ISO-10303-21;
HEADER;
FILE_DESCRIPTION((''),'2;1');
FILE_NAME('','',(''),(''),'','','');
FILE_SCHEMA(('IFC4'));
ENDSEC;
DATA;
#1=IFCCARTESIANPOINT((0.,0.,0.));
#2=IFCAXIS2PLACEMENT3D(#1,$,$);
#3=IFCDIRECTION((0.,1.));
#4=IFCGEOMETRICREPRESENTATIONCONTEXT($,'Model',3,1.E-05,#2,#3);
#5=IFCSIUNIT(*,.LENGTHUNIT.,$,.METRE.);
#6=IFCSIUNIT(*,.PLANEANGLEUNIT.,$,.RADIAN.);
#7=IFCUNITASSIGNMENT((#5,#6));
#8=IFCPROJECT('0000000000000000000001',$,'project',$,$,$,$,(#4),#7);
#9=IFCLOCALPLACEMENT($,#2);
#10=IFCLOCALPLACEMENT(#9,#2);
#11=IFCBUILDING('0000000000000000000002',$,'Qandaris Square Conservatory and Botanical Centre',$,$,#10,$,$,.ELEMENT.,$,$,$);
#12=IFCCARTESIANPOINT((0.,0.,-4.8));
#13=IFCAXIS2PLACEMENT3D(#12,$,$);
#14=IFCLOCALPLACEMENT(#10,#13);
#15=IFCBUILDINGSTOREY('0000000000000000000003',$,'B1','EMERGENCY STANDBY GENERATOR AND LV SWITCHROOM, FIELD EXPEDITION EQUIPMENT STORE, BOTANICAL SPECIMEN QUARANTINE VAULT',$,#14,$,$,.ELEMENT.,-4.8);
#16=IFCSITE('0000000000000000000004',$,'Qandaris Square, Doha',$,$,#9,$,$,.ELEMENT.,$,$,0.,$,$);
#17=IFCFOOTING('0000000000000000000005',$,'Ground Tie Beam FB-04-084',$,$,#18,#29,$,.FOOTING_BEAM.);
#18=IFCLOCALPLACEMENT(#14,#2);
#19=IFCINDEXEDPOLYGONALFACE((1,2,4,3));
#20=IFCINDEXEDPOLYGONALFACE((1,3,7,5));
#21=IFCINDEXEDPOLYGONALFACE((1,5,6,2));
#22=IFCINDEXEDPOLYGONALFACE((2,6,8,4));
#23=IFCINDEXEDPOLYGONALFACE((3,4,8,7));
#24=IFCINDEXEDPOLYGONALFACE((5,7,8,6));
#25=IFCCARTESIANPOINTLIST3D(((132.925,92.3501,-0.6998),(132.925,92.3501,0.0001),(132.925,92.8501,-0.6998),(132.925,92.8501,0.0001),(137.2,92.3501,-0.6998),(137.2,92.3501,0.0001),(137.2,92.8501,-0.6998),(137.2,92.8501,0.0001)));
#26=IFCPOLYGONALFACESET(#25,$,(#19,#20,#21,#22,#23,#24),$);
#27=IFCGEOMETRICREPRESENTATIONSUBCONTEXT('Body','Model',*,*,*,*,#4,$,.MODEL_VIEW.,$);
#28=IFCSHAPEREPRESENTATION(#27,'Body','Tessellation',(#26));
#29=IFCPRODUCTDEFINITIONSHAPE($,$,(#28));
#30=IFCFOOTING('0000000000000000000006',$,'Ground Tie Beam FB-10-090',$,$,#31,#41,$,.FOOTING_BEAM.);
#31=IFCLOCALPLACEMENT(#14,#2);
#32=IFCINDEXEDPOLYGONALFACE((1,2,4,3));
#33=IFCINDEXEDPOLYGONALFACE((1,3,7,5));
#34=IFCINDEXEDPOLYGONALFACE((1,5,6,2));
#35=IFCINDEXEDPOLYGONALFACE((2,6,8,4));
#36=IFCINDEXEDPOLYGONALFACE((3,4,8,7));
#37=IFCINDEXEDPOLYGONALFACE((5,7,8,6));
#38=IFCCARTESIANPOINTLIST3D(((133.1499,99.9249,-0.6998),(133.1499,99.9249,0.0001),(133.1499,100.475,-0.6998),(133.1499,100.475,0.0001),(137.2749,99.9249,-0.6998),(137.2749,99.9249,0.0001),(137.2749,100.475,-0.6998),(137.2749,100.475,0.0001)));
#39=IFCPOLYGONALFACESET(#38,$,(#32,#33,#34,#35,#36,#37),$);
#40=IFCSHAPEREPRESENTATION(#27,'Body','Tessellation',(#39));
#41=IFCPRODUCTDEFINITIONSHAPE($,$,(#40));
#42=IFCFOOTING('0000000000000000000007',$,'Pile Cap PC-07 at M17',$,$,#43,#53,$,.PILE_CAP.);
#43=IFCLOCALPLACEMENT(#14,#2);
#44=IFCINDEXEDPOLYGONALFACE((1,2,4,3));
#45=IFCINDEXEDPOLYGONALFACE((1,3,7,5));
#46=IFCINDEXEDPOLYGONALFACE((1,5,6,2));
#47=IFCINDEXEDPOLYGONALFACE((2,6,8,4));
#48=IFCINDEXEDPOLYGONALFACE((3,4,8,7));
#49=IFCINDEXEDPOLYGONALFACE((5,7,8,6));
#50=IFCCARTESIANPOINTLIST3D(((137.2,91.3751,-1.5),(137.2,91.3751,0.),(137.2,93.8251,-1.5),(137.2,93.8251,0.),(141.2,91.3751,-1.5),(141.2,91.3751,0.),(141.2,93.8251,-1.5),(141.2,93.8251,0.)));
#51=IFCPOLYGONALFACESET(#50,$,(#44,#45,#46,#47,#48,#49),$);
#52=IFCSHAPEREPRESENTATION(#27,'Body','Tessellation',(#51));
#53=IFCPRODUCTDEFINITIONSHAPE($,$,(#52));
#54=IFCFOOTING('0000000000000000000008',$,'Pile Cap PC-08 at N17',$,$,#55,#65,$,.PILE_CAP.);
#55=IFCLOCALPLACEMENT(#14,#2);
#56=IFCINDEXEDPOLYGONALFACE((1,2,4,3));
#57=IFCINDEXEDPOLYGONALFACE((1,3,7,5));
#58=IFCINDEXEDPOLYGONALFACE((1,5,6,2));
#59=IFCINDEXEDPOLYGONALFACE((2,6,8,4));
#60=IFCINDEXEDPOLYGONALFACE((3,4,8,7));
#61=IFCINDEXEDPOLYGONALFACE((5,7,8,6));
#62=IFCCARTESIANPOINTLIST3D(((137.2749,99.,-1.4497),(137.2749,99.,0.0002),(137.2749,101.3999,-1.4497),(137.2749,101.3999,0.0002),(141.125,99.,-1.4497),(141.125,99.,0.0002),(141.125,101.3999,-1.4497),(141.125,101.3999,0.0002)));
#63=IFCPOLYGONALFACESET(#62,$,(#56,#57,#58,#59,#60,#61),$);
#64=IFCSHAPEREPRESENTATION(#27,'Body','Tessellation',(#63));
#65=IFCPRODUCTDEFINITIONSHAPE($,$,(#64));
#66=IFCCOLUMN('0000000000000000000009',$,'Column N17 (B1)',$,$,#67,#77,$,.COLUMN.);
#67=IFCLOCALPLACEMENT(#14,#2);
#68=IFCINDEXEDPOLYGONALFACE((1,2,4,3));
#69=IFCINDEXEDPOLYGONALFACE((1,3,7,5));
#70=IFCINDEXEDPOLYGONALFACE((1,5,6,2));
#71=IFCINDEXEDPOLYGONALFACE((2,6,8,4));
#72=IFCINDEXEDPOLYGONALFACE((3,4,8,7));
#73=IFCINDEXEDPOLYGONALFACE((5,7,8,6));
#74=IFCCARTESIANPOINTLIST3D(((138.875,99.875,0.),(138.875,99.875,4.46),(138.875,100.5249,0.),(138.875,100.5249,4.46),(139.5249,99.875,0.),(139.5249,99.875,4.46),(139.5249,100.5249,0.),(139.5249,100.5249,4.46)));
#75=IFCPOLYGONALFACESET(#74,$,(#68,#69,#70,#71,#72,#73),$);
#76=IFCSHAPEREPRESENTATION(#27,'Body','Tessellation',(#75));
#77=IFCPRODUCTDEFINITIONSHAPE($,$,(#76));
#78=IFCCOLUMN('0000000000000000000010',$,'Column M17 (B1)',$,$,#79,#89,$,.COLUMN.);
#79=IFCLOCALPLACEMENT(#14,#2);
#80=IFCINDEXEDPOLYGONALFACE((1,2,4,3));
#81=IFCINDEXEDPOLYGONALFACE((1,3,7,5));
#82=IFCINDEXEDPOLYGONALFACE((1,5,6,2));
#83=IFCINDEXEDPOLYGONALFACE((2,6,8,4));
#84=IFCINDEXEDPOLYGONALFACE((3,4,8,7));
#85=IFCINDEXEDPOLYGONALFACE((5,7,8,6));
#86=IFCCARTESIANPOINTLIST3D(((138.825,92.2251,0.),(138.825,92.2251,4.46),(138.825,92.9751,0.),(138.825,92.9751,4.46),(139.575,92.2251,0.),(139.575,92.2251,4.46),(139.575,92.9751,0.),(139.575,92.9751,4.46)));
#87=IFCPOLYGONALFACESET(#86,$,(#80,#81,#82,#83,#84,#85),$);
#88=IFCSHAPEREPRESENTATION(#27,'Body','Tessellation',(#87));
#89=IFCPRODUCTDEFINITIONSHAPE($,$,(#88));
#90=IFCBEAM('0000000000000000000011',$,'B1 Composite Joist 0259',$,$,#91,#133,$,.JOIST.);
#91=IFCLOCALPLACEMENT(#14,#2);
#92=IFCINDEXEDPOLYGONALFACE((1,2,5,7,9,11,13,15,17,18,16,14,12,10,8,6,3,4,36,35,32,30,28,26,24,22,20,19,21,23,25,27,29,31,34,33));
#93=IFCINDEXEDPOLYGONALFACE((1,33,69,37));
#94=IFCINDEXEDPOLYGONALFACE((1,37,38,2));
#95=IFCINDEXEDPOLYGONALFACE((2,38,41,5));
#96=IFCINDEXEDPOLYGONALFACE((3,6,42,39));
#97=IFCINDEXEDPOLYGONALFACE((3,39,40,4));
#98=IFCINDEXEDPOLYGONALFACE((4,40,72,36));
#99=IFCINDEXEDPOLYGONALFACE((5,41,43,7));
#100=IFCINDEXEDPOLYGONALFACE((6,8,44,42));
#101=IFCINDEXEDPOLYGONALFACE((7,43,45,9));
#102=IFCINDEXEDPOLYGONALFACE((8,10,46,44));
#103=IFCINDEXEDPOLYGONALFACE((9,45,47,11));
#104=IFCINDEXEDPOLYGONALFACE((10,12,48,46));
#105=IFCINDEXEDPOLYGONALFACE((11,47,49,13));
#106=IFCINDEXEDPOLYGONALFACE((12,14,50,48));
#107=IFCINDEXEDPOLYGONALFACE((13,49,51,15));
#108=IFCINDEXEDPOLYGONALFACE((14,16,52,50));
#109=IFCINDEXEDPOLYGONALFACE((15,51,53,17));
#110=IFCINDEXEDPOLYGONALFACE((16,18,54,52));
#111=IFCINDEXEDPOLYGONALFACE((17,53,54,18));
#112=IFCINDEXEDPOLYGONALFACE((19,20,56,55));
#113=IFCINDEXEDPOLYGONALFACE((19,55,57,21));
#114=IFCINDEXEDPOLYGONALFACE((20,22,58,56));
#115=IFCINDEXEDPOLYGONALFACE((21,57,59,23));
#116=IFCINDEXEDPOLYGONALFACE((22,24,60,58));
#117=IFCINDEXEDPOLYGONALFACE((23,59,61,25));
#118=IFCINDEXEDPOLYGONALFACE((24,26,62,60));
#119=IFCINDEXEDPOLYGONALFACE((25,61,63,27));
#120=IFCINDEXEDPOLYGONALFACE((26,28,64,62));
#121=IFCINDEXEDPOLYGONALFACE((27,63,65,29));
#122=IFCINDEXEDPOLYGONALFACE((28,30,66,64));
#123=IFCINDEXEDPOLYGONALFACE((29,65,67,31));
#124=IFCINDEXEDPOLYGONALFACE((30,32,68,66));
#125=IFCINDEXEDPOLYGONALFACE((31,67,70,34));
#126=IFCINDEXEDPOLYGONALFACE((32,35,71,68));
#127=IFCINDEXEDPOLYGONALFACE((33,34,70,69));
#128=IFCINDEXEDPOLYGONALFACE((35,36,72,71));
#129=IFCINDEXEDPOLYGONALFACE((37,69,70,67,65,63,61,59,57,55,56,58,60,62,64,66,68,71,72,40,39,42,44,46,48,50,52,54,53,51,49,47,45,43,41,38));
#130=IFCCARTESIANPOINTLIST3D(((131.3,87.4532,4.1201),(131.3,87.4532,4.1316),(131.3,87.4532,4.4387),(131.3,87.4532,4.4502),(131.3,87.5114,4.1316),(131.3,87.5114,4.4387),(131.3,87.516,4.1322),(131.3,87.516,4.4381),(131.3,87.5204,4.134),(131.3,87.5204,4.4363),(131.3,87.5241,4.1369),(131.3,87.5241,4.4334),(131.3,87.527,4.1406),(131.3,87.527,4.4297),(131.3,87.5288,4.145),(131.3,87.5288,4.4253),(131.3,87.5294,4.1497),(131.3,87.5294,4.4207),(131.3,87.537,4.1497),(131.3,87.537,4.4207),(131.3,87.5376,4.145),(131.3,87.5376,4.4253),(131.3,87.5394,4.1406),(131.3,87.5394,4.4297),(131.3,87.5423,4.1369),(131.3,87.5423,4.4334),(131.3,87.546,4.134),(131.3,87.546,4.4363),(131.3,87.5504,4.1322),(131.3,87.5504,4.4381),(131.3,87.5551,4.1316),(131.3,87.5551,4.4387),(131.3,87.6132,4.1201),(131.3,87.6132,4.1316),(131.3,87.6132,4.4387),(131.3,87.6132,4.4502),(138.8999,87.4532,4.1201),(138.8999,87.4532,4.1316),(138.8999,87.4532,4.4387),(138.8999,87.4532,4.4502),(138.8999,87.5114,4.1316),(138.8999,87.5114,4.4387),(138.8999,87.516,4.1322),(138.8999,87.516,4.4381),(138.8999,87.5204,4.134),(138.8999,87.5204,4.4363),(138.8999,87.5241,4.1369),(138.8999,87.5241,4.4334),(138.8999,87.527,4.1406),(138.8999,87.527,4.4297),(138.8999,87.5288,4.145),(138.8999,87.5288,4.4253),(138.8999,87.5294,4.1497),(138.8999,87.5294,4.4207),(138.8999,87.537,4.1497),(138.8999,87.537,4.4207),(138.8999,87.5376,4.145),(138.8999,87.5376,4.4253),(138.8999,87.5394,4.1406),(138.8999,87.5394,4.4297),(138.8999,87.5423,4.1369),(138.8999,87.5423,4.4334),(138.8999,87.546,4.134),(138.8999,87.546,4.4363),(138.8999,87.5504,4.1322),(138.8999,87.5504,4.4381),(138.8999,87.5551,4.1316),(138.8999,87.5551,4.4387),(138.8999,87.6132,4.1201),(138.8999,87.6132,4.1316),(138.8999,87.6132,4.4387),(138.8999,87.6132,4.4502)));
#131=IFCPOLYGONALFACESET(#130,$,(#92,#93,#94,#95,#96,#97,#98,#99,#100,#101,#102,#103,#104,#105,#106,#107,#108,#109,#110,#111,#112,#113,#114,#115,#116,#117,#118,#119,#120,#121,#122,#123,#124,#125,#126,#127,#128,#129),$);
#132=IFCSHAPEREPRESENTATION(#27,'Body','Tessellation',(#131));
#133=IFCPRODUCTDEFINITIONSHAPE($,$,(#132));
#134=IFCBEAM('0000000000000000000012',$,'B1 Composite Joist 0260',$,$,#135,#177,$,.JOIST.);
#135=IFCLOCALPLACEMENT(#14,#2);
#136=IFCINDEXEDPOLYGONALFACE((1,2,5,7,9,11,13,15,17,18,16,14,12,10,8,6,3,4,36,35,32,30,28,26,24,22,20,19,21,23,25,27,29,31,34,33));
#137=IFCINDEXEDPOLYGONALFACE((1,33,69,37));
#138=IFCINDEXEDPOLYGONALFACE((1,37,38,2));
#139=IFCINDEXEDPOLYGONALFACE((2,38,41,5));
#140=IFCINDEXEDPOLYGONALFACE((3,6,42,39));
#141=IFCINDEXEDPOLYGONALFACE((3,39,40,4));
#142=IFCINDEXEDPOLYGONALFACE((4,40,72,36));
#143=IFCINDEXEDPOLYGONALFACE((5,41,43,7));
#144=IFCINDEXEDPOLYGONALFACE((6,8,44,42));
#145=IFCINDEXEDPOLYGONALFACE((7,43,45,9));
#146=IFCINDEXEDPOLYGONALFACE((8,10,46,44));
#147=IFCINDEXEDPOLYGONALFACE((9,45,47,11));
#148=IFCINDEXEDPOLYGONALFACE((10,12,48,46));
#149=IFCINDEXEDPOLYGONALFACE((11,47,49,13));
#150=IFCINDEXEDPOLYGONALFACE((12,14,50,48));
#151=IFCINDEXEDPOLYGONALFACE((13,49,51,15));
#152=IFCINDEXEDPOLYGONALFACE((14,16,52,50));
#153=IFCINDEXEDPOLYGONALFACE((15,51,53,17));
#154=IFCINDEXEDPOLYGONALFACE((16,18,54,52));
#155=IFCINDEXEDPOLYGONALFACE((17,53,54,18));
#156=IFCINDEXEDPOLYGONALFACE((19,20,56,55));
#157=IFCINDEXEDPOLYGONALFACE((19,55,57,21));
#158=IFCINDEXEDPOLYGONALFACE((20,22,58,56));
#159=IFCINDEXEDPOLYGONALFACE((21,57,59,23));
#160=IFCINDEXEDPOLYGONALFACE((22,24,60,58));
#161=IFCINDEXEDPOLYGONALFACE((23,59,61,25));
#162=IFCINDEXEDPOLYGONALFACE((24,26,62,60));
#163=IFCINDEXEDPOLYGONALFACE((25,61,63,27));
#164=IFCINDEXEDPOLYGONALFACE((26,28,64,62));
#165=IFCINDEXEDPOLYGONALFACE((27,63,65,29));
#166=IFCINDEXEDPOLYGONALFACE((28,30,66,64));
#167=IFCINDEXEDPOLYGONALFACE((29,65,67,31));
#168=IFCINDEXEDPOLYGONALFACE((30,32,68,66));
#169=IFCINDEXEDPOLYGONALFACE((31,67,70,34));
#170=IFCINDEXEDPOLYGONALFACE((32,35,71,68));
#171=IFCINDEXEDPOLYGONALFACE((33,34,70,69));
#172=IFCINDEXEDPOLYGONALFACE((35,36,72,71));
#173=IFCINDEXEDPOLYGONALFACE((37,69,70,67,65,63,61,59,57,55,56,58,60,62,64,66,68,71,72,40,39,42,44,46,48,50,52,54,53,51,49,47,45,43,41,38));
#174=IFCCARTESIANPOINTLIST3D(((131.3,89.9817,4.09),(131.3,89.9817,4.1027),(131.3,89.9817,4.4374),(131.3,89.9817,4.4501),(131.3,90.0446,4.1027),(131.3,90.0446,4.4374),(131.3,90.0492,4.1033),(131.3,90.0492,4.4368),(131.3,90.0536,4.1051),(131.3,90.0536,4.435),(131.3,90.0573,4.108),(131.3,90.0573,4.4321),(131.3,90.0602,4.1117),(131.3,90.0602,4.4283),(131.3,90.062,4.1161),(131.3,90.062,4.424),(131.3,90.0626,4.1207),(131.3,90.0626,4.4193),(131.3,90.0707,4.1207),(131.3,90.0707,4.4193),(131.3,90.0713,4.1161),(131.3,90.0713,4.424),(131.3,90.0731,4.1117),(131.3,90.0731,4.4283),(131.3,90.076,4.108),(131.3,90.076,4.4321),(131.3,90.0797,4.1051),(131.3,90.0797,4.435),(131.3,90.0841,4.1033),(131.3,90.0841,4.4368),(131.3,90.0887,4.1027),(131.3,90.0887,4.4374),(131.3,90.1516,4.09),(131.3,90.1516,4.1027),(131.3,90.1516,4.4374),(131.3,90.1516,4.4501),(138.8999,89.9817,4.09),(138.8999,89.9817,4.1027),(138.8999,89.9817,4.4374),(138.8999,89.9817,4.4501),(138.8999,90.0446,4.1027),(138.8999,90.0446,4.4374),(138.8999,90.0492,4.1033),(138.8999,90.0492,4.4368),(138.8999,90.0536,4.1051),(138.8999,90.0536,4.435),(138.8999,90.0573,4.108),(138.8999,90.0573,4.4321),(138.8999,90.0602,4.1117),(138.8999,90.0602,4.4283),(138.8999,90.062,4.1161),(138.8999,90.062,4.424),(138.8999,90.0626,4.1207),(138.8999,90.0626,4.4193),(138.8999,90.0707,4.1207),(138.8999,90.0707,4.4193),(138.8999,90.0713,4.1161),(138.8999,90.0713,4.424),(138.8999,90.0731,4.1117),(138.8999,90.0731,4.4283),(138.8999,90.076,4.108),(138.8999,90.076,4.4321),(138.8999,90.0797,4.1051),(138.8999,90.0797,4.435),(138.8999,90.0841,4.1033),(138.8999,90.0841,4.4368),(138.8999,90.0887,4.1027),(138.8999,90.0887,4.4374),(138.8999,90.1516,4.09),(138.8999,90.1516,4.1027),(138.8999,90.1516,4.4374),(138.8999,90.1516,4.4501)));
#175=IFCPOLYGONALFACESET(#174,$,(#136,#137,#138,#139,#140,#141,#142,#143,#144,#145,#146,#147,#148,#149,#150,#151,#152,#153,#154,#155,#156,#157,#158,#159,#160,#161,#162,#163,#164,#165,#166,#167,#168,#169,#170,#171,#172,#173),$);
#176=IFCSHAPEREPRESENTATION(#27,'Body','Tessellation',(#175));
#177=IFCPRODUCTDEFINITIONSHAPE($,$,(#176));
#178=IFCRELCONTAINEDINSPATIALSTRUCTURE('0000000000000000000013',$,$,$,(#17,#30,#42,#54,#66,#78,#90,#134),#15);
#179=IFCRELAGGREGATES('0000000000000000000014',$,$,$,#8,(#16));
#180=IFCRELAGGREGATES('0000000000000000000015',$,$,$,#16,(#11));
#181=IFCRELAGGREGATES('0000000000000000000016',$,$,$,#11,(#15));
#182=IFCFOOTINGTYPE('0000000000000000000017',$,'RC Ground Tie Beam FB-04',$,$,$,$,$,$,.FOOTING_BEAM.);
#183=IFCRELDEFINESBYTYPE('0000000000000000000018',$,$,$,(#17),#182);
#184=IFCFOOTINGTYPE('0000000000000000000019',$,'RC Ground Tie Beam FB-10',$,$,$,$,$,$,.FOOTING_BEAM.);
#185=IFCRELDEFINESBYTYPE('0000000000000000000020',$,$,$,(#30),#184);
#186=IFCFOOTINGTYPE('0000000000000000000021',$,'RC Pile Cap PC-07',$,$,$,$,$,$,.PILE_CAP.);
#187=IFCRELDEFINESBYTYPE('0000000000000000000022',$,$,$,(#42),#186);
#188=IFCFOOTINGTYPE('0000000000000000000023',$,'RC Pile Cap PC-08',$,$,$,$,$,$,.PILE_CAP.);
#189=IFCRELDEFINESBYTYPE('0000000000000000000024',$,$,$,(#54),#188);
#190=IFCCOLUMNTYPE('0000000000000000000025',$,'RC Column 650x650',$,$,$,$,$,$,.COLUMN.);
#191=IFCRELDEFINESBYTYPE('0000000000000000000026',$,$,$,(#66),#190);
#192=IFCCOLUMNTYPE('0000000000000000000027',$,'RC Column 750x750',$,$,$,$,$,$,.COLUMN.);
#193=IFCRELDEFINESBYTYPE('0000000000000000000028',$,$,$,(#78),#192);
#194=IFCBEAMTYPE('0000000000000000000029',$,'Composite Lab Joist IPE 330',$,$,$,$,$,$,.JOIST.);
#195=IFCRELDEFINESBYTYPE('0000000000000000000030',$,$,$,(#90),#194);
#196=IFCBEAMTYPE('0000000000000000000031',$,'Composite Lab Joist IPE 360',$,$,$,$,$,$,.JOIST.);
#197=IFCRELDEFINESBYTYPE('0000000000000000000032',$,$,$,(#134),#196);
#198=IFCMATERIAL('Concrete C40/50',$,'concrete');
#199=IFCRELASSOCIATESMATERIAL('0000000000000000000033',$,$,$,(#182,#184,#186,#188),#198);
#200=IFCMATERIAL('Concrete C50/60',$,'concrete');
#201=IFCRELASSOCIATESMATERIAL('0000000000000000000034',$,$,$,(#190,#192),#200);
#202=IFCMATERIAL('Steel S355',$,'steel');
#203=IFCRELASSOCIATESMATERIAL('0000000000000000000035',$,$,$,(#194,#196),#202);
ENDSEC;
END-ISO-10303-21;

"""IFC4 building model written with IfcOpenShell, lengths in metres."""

from ifc_helpers import new_model, si_unit, direction, frame, origin, origin_2d, place, context, subcontext, project, spatial, rectangle, i_section, extrude, material, material_profile, profile_set, type_object, element, save


model = new_model("IFC4")

# Units and contexts
model_context = context("Model", 3, precision=1e-05, world=origin(), true_north=direction((0.0, 1.0)))
body_context = subcontext(model_context, "Body", "Model", "MODEL_VIEW")
ifc_project = project(units=[si_unit("LENGTHUNIT", "METRE"), si_unit("PLANEANGLEUNIT", "RADIAN")], contexts=[model_context])

# Site, building, storey
site_placement = place(None, origin())
site = spatial("IfcSite", under=ifc_project, at=site_placement, Name="Qandaris Square, Doha", CompositionType="ELEMENT", RefElevation=0.0)
building_placement = place(site_placement, origin())
building = spatial("IfcBuilding", under=site, at=building_placement, Name="Qandaris Square Conservatory and Botanical Centre", CompositionType="ELEMENT")
storey_placement = place(building_placement, frame((0.0, 0.0, -4.8)))
storey = spatial("IfcBuildingStorey", under=building, at=storey_placement, Name="B1", Description="EMERGENCY STANDBY GENERATOR AND LV SWITCHROOM, FIELD EXPEDITION EQUIPMENT STORE, BOTANICAL SPECIMEN QUARANTINE VAULT", CompositionType="ELEMENT", Elevation=-4.8)

# Shared definitions
ifc_material_1 = material(Name="Concrete C50/60", Category="concrete")

# Footings
ifc_material_2 = material(Name="Concrete C40/50", Category="concrete")
ifc_material_profile_1 = material_profile(ifc_material_2, rectangle(XDim=0.5, YDim=0.7, at=origin_2d()), Name="FB 500x700")
ifc_profile_set_1 = profile_set([ifc_material_profile_1], Name="Concrete C40/50")
footing_type_1 = type_object("IfcFootingType", Name="RC Ground Tie Beam FB-04", PredefinedType="FOOTING_BEAM", material=ifc_profile_set_1)
footing_1_placement = place(storey_placement, frame((132.925, 92.6001, -0.3499), z_axis=(1.0, 0.0, 0.0), x_axis=(0.0, 1.0, 0.0)))
element("IfcFooting", 1, at=footing_1_placement, inside=storey, type_object=footing_type_1, Name="Ground Tie Beam FB-04-084", PredefinedType="FOOTING_BEAM", context=body_context, shape_type="SweptSolid", body=[
    extrude(rectangle(XDim=0.5, YDim=0.7, at=origin_2d()), origin(), (0.0, 0.0, 1.0), 4.2749),
])
ifc_material_profile_2 = material_profile(ifc_material_2, rectangle(XDim=0.55, YDim=0.7, at=origin_2d()), Name="FB 550x700")
ifc_profile_set_2 = profile_set([ifc_material_profile_2], Name="Concrete C40/50")
footing_type_2 = type_object("IfcFootingType", Name="RC Ground Tie Beam FB-10", PredefinedType="FOOTING_BEAM", material=ifc_profile_set_2)
footing_2_placement = place(storey_placement, frame((133.1499, 100.2, -0.3499), z_axis=(1.0, 0.0, 0.0), x_axis=(0.0, 1.0, 0.0)))
element("IfcFooting", 2, at=footing_2_placement, inside=storey, type_object=footing_type_2, Name="Ground Tie Beam FB-10-090", PredefinedType="FOOTING_BEAM", context=body_context, shape_type="SweptSolid", body=[
    extrude(rectangle(XDim=0.55, YDim=0.7, at=origin_2d()), origin(), (0.0, 0.0, 1.0), 4.125),
])
footing_type_3 = type_object("IfcFootingType", Name="RC Pile Cap PC-07", PredefinedType="PILE_CAP", material=ifc_material_2)
footing_3_placement = place(storey_placement, frame((139.2, 92.6001, -1.5), z_axis=(0.0, 0.0, 1.0), x_axis=(1.0, 0.0, 0.0)))
element("IfcFooting", 3, at=footing_3_placement, inside=storey, type_object=footing_type_3, Name="Pile Cap PC-07 at M17", PredefinedType="PILE_CAP", context=body_context, shape_type="SweptSolid", body=[
    extrude(rectangle(XDim=4.0, YDim=2.45, at=origin_2d()), origin(), (0.0, 0.0, 1.0), 1.5),
])
footing_type_4 = type_object("IfcFootingType", Name="RC Pile Cap PC-08", PredefinedType="PILE_CAP", material=ifc_material_2)
footing_4_placement = place(storey_placement, frame((139.2, 100.2, -1.4497), z_axis=(0.0, 0.0, 1.0), x_axis=(1.0, 0.0, 0.0)))
element("IfcFooting", 4, at=footing_4_placement, inside=storey, type_object=footing_type_4, Name="Pile Cap PC-08 at N17", PredefinedType="PILE_CAP", context=body_context, shape_type="SweptSolid", body=[
    extrude(rectangle(XDim=3.8501, YDim=2.3999, at=origin_2d()), origin(), (0.0, 0.0, 1.0), 1.45),
])

# Columns
ifc_material_profile_3 = material_profile(ifc_material_1, rectangle(XDim=0.6499, YDim=0.6499, at=origin_2d()), Name="RC-COL 650x650")
ifc_profile_set_3 = profile_set([ifc_material_profile_3], Name="Concrete C50/60")
column_type_1 = type_object("IfcColumnType", Name="RC Column 650x650", PredefinedType="COLUMN", material=ifc_profile_set_3)
column_1_placement = place(storey_placement, frame((139.2, 100.2, 0.0), z_axis=(0.0, 0.0, 1.0), x_axis=(1.0, 0.0, 0.0)))
element("IfcColumn", 5, at=column_1_placement, inside=storey, type_object=column_type_1, Name="Column N17 (B1)", PredefinedType="COLUMN", context=body_context, shape_type="SweptSolid", body=[
    extrude(rectangle(XDim=0.6499, YDim=0.6499, at=origin_2d()), origin(), (0.0, 0.0, 1.0), 4.46),
])
ifc_material_profile_4 = material_profile(ifc_material_1, rectangle(XDim=0.75, YDim=0.75, at=origin_2d()), Name="RC-COL 750x750")
ifc_profile_set_4 = profile_set([ifc_material_profile_4], Name="Concrete C50/60")
column_type_2 = type_object("IfcColumnType", Name="RC Column 750x750", PredefinedType="COLUMN", material=ifc_profile_set_4)
column_2_placement = place(storey_placement, frame((139.2, 92.6001, 0.0), z_axis=(0.0, 0.0, 1.0), x_axis=(1.0, 0.0, 0.0)))
element("IfcColumn", 6, at=column_2_placement, inside=storey, type_object=column_type_2, Name="Column M17 (B1)", PredefinedType="COLUMN", context=body_context, shape_type="SweptSolid", body=[
    extrude(rectangle(XDim=0.75, YDim=0.75, at=origin_2d()), origin(), (0.0, 0.0, 1.0), 4.46),
])

# Beams
ifc_material_3 = material(Name="Steel S355", Category="steel")
ifc_material_profile_5 = material_profile(ifc_material_3, i_section(OverallWidth=0.1599, OverallDepth=0.3301, WebThickness=0.0076, FlangeThickness=0.0115, FilletRadius=0.0181, at=origin_2d()), Name="IPE 330")
ifc_profile_set_5 = profile_set([ifc_material_profile_5], Name="Steel S355")
beam_type_1 = type_object("IfcBeamType", Name="Composite Lab Joist IPE 330", PredefinedType="JOIST", material=ifc_profile_set_5)
beam_1_placement = place(storey_placement, frame((131.3, 87.5332, 4.2852), z_axis=(1.0, 0.0, 0.0), x_axis=(0.0, 1.0, 0.0)))
element("IfcBeam", 7, at=beam_1_placement, inside=storey, type_object=beam_type_1, Name="B1 Composite Joist 0259", PredefinedType="JOIST", context=body_context, shape_type="SweptSolid", body=[
    extrude(i_section(OverallWidth=0.1599, OverallDepth=0.3301, WebThickness=0.0076, FlangeThickness=0.0115, FilletRadius=0.0181, at=origin_2d()), origin(), (0.0, 0.0, 1.0), 7.5999),
])
ifc_material_profile_6 = material_profile(ifc_material_3, i_section(OverallWidth=0.1699, OverallDepth=0.3601, WebThickness=0.0081, FlangeThickness=0.0127, FilletRadius=0.0181, at=origin_2d()), Name="IPE 360")
ifc_profile_set_6 = profile_set([ifc_material_profile_6], Name="Steel S355")
beam_type_2 = type_object("IfcBeamType", Name="Composite Lab Joist IPE 360", PredefinedType="JOIST", material=ifc_profile_set_6)
for number, where, z_axis, x_axis, name in (
    (8, (131.3, 90.0667, 4.27), (1.0, 0.0, 0.0), (0.0, 1.0, 0.0), "B1 Composite Joist 0260"),
):
    element("IfcBeam", number, at=place(storey_placement, frame(where, z_axis=z_axis, x_axis=x_axis)), inside=storey, type_object=beam_type_2, Name=name, PredefinedType="JOIST", context=body_context, shape_type="SweptSolid", body=[
        extrude(i_section(OverallWidth=0.1699, OverallDepth=0.3601, WebThickness=0.0081, FlangeThickness=0.0127, FilletRadius=0.0181, at=origin_2d()), origin(), (0.0, 0.0, 1.0), 7.5999),
    ])

save(model, "model.ifc")
